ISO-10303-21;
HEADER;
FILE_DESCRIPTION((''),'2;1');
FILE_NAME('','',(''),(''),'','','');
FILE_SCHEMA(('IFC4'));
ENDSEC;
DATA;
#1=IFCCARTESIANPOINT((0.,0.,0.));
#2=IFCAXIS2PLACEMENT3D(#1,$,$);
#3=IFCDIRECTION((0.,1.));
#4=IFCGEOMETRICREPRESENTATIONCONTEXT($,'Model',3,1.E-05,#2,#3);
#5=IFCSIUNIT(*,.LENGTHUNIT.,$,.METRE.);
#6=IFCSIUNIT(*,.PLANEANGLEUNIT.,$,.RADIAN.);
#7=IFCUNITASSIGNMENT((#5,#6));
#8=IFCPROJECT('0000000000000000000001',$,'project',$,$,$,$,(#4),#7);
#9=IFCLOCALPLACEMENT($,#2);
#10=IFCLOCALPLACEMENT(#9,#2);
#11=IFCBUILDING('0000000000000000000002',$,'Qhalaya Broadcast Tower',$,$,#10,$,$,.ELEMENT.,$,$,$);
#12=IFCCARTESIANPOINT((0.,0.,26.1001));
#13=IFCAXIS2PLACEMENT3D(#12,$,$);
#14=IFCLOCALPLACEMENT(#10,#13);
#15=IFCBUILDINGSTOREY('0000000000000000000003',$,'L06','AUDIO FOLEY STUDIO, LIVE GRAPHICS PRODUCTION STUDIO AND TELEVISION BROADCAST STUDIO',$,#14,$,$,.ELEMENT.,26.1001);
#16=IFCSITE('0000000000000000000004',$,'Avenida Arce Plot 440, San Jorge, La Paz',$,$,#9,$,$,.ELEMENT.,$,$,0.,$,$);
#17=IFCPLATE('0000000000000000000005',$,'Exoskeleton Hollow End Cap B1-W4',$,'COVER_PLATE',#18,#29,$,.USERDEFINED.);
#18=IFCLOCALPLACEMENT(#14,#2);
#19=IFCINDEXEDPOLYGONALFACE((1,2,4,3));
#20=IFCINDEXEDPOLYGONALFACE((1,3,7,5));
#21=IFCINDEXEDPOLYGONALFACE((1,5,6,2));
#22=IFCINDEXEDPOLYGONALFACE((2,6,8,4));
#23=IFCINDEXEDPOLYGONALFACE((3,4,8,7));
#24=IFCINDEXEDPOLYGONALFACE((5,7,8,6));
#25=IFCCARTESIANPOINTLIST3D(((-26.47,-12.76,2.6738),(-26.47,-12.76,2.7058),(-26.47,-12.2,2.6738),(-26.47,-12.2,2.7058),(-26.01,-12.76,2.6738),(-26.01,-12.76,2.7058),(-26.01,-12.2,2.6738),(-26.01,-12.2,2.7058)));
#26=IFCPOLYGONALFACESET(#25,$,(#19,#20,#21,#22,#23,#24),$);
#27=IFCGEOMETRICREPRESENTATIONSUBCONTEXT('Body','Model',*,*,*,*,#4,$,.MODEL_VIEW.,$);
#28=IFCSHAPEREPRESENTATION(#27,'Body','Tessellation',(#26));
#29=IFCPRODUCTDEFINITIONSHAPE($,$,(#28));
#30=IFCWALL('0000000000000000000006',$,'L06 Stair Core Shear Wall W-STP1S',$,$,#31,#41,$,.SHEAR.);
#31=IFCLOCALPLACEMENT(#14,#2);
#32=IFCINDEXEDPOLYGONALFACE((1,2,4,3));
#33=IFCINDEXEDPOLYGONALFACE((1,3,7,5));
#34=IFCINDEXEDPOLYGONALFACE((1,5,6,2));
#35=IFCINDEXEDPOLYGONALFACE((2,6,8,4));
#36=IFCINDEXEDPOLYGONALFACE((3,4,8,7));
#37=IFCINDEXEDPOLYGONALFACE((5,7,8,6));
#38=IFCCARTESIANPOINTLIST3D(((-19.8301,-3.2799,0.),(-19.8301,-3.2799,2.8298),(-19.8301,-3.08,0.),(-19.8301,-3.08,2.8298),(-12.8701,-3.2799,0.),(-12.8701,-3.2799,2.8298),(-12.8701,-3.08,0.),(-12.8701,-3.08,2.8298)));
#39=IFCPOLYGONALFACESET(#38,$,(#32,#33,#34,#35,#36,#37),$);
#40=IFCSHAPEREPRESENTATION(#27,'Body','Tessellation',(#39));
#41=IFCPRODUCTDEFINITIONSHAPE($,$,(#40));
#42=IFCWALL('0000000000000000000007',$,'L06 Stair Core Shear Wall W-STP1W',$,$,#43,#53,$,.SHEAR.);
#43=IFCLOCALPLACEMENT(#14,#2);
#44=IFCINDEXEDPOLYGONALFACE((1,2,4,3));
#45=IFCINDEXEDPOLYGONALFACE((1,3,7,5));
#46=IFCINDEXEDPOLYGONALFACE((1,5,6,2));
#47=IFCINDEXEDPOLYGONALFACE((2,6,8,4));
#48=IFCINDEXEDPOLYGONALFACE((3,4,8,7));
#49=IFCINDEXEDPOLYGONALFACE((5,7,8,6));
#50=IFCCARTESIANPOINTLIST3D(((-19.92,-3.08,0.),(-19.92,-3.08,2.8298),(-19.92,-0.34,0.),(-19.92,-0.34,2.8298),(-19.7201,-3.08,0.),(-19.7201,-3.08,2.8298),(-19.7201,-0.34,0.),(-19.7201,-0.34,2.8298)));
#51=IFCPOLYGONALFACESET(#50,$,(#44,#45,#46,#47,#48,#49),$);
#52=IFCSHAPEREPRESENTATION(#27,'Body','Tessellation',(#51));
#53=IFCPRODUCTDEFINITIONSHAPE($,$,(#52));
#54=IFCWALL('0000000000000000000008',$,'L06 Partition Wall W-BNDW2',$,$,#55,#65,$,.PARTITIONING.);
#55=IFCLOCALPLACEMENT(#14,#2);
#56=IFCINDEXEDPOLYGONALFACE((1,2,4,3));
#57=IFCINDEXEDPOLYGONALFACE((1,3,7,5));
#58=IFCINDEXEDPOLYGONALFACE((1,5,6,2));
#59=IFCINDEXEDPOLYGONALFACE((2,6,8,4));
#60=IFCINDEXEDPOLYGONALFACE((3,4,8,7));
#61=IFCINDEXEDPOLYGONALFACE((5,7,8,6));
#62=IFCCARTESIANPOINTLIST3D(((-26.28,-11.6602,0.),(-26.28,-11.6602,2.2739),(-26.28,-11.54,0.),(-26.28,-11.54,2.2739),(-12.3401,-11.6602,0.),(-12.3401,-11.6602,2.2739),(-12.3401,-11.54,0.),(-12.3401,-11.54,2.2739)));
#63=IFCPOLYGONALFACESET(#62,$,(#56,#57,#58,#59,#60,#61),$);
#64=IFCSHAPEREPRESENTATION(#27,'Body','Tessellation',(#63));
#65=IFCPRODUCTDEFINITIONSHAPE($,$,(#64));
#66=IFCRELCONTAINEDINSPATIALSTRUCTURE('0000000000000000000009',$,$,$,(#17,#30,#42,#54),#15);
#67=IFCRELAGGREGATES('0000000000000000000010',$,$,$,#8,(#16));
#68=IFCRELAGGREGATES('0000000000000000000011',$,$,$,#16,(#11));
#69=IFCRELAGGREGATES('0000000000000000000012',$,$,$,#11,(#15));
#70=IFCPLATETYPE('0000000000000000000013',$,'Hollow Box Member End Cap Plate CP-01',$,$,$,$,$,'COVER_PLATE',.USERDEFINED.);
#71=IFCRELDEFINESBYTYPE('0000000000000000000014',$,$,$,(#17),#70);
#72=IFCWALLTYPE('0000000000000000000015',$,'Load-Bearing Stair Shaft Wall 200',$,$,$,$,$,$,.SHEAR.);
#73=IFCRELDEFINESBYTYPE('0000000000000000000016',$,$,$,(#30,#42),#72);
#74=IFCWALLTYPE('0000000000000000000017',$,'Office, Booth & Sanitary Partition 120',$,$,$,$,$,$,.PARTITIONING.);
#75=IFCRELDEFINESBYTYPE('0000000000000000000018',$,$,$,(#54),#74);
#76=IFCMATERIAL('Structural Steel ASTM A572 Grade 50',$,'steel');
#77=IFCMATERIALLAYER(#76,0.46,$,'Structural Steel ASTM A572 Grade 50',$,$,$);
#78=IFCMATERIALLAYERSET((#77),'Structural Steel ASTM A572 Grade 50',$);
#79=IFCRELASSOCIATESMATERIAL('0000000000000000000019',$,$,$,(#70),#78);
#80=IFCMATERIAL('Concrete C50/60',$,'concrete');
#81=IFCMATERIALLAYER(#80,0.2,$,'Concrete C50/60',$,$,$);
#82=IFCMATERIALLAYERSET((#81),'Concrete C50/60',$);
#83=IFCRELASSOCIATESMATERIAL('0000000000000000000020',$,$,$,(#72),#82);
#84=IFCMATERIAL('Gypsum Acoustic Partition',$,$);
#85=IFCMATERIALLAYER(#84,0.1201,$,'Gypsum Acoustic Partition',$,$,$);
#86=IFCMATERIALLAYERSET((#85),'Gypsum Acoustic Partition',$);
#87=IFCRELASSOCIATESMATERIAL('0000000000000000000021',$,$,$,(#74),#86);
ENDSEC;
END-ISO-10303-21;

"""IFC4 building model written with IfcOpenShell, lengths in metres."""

from ifc_helpers import new_model, si_unit, direction, frame, frame_2d, origin, origin_2d, place, context, subcontext, project, spatial, rectangle, extrude, material, layer, layer_set, type_object, element, save


model = new_model("IFC4")

# Units and contexts
model_context = context("Model", 3, precision=1e-05, world=origin(), true_north=direction((0.0, 1.0)))
body_context = subcontext(model_context, "Body", "Model", "MODEL_VIEW")
ifc_project = project(units=[si_unit("LENGTHUNIT", "METRE"), si_unit("PLANEANGLEUNIT", "RADIAN")], contexts=[model_context])

# Site, building, storey
site_placement = place(None, origin())
site = spatial("IfcSite", under=ifc_project, at=site_placement, Name="Avenida Arce Plot 440, San Jorge, La Paz", CompositionType="ELEMENT", RefElevation=0.0)
building_placement = place(site_placement, origin())
building = spatial("IfcBuilding", under=site, at=building_placement, Name="Qhalaya Broadcast Tower", CompositionType="ELEMENT")
storey_placement = place(building_placement, frame((0.0, 0.0, 26.1001)))
storey = spatial("IfcBuildingStorey", under=building, at=storey_placement, Name="L06", Description="AUDIO FOLEY STUDIO, LIVE GRAPHICS PRODUCTION STUDIO AND TELEVISION BROADCAST STUDIO", CompositionType="ELEMENT", Elevation=26.1001)

# Shared definitions
ifc_material_1 = material(Name="Structural Steel ASTM A572 Grade 50", Category="steel")

# Plate
ifc_layer_1 = layer(ifc_material_1, 0.46, Name="Structural Steel ASTM A572 Grade 50")
ifc_layer_set_1 = layer_set([ifc_layer_1], Name="Structural Steel ASTM A572 Grade 50")
plate_type_1 = type_object("IfcPlateType", Name="Hollow Box Member End Cap Plate CP-01", ElementType="COVER_PLATE", PredefinedType="USERDEFINED", material=ifc_layer_set_1)
for number, where, z_axis, x_axis, name in (
    (1, (-26.24, -12.48, 2.6738), (0.0, 0.0, 1.0), (0.0, 1.0, 0.0), "Exoskeleton Hollow End Cap B1-W4"),
):
    element("IfcPlate", number, at=place(storey_placement, frame(where, z_axis=z_axis, x_axis=x_axis)), inside=storey, type_object=plate_type_1, Name=name, ObjectType="COVER_PLATE", PredefinedType="USERDEFINED", context=body_context, shape_type="SweptSolid", body=[
        extrude(rectangle(XDim=0.5601, YDim=0.46, at=origin_2d()), origin(), (0.0, 0.0, 1.0), 0.032),
    ])

# Walls
ifc_material_2 = material(Name="Concrete C50/60", Category="concrete")
ifc_layer_2 = layer(ifc_material_2, 0.2, Name="Concrete C50/60")
ifc_layer_set_2 = layer_set([ifc_layer_2], Name="Concrete C50/60")
wall_type_1 = type_object("IfcWallType", Name="Load-Bearing Stair Shaft Wall 200", PredefinedType="SHEAR", material=ifc_layer_set_2)
wall_1_placement = place(storey_placement, frame((-19.8301, -3.1799, 0.0), z_axis=(0.0, 0.0, 1.0), x_axis=(1.0, 0.0, 0.0)))
element("IfcWall", 2, at=wall_1_placement, inside=storey, type_object=wall_type_1, Name="L06 Stair Core Shear Wall W-STP1S", PredefinedType="SHEAR", context=body_context, shape_type="SweptSolid", body=[
    extrude(rectangle(XDim=6.96, YDim=0.2, at=frame_2d((3.48, 0.0))), origin(), (0.0, 0.0, 1.0), 2.8298),
])
wall_2_placement = place(storey_placement, frame((-19.8201, -3.0801, 0.0), z_axis=(0.0, 0.0, 1.0), x_axis=(0.0, 1.0, 0.0)))
element("IfcWall", 3, at=wall_2_placement, inside=storey, type_object=wall_type_1, Name="L06 Stair Core Shear Wall W-STP1W", PredefinedType="SHEAR", context=body_context, shape_type="SweptSolid", body=[
    extrude(rectangle(XDim=2.74, YDim=0.2, at=frame_2d((1.3701, 0.0))), origin(), (0.0, 0.0, 1.0), 2.8298),
])
ifc_material_3 = material(Name="Gypsum Acoustic Partition")
ifc_layer_3 = layer(ifc_material_3, 0.1201, Name="Gypsum Acoustic Partition")
ifc_layer_set_3 = layer_set([ifc_layer_3], Name="Gypsum Acoustic Partition")
wall_type_2 = type_object("IfcWallType", Name="Office, Booth & Sanitary Partition 120", PredefinedType="PARTITIONING", material=ifc_layer_set_3)
wall_3_placement = place(storey_placement, frame((-26.28, -11.6001, 0.0), z_axis=(0.0, 0.0, 1.0), x_axis=(1.0, 0.0, 0.0)))
element("IfcWall", 4, at=wall_3_placement, inside=storey, type_object=wall_type_2, Name="L06 Partition Wall W-BNDW2", PredefinedType="PARTITIONING", context=body_context, shape_type="SweptSolid", body=[
    extrude(rectangle(XDim=13.9399, YDim=0.1201, at=frame_2d((6.97, 0.0))), origin(), (0.0, 0.0, 1.0), 2.2739),
])

save(model, "model.ifc")
